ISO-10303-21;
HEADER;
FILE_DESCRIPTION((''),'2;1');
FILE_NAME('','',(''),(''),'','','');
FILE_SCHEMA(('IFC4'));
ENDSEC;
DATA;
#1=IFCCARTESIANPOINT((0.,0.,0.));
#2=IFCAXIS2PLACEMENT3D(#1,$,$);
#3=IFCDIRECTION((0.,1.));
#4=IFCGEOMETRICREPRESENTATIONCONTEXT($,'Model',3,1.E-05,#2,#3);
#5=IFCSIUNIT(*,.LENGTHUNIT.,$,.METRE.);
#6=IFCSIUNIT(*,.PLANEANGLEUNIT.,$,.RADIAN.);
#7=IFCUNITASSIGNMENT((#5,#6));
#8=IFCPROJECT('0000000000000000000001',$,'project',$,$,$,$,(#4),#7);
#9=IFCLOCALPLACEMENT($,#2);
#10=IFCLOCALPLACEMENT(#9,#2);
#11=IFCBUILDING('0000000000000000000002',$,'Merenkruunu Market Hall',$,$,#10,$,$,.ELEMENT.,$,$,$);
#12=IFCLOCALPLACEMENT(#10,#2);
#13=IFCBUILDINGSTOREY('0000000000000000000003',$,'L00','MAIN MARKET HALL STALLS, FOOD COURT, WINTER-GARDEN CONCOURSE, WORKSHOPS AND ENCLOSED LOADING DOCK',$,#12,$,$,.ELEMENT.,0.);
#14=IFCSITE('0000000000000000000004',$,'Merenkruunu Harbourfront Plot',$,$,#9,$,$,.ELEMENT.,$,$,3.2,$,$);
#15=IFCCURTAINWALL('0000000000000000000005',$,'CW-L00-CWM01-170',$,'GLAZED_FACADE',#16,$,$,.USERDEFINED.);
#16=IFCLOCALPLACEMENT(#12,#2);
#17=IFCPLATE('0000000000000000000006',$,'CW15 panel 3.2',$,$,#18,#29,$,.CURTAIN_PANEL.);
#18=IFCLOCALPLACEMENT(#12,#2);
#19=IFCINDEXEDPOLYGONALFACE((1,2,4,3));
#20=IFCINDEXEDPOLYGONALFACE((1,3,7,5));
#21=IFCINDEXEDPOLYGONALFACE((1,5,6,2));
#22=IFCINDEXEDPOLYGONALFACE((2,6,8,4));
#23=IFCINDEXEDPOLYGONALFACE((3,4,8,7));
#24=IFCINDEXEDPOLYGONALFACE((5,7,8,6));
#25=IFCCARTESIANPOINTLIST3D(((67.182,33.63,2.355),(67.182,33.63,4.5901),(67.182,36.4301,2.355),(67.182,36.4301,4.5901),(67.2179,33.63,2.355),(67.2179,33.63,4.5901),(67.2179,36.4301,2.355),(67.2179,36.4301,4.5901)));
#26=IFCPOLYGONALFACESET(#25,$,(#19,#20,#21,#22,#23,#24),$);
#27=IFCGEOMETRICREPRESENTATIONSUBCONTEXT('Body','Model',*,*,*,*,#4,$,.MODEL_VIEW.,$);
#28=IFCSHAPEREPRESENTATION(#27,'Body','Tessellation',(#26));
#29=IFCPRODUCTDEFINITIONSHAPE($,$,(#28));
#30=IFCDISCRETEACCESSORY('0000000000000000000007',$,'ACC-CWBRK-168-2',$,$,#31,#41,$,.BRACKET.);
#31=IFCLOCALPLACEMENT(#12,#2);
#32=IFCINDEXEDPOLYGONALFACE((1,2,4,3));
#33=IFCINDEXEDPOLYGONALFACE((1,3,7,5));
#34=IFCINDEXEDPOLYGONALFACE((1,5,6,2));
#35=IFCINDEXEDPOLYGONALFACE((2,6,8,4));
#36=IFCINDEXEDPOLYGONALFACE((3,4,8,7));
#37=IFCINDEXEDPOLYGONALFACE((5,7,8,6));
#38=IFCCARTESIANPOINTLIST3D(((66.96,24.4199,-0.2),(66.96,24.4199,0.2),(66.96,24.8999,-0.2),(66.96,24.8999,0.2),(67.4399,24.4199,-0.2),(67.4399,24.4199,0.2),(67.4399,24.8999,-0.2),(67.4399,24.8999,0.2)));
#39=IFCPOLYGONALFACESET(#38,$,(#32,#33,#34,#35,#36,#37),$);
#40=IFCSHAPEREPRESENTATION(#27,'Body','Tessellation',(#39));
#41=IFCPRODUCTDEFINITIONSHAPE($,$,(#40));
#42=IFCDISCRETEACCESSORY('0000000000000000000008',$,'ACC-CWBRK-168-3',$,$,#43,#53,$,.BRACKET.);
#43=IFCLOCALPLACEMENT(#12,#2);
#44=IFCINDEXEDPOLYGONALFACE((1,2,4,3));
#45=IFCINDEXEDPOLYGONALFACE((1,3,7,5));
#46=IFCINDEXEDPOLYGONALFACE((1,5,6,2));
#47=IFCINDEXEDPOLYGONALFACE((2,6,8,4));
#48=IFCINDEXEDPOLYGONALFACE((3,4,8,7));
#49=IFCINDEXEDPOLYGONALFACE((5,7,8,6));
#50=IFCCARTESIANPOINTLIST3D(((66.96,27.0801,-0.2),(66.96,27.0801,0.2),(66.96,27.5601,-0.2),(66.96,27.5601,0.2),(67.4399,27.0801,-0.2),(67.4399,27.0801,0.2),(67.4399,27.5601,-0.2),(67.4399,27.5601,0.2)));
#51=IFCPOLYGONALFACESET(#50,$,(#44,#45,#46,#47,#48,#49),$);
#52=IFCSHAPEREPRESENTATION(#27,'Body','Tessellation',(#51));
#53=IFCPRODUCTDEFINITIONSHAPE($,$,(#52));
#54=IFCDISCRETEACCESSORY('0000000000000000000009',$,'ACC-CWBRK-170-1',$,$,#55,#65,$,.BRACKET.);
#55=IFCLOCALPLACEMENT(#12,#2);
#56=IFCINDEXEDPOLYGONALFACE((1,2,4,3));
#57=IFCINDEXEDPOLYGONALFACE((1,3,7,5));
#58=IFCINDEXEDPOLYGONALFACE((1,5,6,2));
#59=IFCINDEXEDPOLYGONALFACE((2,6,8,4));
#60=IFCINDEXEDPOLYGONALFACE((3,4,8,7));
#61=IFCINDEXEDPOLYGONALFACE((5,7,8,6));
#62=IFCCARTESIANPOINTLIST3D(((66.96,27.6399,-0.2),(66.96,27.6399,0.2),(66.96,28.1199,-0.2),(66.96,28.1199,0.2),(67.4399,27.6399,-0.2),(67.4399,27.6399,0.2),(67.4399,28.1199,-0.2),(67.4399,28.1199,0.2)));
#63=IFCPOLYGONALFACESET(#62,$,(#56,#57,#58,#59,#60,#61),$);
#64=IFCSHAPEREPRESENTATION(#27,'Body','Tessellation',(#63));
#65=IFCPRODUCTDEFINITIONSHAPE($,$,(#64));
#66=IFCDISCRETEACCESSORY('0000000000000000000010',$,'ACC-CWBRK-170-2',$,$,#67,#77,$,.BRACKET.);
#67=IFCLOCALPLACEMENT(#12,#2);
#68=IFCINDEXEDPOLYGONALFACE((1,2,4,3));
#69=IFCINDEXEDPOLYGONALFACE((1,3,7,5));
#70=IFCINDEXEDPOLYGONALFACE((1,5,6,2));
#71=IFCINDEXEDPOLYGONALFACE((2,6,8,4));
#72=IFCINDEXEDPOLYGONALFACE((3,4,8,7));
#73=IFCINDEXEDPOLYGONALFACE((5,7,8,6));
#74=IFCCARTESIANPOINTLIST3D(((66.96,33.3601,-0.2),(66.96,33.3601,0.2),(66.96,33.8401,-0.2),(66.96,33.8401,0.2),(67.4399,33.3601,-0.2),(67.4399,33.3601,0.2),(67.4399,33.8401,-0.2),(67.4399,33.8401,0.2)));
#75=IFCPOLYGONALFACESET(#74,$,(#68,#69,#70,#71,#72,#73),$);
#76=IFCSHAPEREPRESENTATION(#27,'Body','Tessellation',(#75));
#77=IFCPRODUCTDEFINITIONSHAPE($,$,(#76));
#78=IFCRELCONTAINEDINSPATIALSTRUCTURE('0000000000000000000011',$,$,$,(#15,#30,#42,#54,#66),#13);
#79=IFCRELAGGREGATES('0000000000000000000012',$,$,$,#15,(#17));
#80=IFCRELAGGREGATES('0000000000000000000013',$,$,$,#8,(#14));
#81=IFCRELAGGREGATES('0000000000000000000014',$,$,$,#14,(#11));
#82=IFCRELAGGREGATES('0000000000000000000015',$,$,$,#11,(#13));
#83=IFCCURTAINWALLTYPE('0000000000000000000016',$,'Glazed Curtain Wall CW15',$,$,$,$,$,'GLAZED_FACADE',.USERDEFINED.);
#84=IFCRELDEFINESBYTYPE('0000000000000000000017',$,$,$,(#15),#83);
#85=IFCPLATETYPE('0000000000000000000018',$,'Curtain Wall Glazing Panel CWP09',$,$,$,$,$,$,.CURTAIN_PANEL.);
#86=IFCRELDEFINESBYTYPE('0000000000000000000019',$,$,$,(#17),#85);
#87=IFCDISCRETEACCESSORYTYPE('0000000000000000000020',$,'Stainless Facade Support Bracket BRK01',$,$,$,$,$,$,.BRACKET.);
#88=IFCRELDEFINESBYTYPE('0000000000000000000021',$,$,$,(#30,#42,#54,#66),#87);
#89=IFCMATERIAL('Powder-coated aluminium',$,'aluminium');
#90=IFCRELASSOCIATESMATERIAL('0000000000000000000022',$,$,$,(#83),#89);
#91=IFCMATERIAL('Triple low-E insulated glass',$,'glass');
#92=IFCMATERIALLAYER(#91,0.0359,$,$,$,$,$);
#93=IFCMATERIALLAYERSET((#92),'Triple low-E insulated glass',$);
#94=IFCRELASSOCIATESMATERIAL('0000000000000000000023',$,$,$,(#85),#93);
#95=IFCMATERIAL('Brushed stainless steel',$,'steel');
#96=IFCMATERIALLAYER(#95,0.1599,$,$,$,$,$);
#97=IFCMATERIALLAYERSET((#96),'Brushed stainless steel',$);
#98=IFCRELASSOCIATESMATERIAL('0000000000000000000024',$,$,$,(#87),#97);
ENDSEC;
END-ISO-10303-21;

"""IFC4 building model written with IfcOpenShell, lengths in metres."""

from ifc_helpers import new_model, si_unit, direction, frame, origin, origin_2d, place, context, subcontext, project, spatial, rectangle, extrude, material, layer, layer_set, type_object, element, aggregate, save


model = new_model("IFC4")

# Units and contexts
model_context = context("Model", 3, precision=1e-05, world=origin(), true_north=direction((0.0, 1.0)))
body_context = subcontext(model_context, "Body", "Model", "MODEL_VIEW")
ifc_project = project(units=[si_unit("LENGTHUNIT", "METRE"), si_unit("PLANEANGLEUNIT", "RADIAN")], contexts=[model_context])

# Site, building, storey
site_placement = place(None, origin())
site = spatial("IfcSite", under=ifc_project, at=site_placement, Name="Merenkruunu Harbourfront Plot", CompositionType="ELEMENT", RefElevation=3.2)
building_placement = place(site_placement, origin())
building = spatial("IfcBuilding", under=site, at=building_placement, Name="Merenkruunu Market Hall", CompositionType="ELEMENT")
storey_placement = place(building_placement, origin())
storey = spatial("IfcBuildingStorey", under=building, at=storey_placement, Name="L00", Description="MAIN MARKET HALL STALLS, FOOD COURT, WINTER-GARDEN CONCOURSE, WORKSHOPS AND ENCLOSED LOADING DOCK", CompositionType="ELEMENT", Elevation=0.0)

# Curtain wall
ifc_material_1 = material(Name="Powder-coated aluminium", Category="aluminium")
curtain_wall_type = type_object("IfcCurtainWallType", Name="Glazed Curtain Wall CW15", ElementType="GLAZED_FACADE", PredefinedType="USERDEFINED", material=ifc_material_1)
curtain_wall_1_placement = place(storey_placement, origin())
curtain_wall_1 = element("IfcCurtainWall", 1, at=curtain_wall_1_placement, inside=storey, type_object=curtain_wall_type, Name="CW-L00-CWM01-170", ObjectType="GLAZED_FACADE", PredefinedType="USERDEFINED")

# Plate
ifc_material_2 = material(Name="Triple low-E insulated glass", Category="glass")
ifc_layer_1 = layer(ifc_material_2, 0.0359)
ifc_layer_set_1 = layer_set([ifc_layer_1], Name="Triple low-E insulated glass")
plate_type_1 = type_object("IfcPlateType", Name="Curtain Wall Glazing Panel CWP09", PredefinedType="CURTAIN_PANEL", material=ifc_layer_set_1)
plate_1_placement = place(storey_placement, frame((67.2, 35.03, 2.355), z_axis=(0.0, 0.0, 1.0), x_axis=(0.0, 1.0, 0.0)))
plate_1 = element("IfcPlate", 2, at=plate_1_placement, type_object=plate_type_1, Name="CW15 panel 3.2", PredefinedType="CURTAIN_PANEL", context=body_context, shape_type="SweptSolid", body=[
    extrude(rectangle(XDim=2.8, YDim=0.0359, at=origin_2d()), origin(), (0.0, 0.0, 1.0), 2.2351),
])
aggregate(curtain_wall_1, [plate_1])

# Discrete accessories
ifc_material_3 = material(Name="Brushed stainless steel", Category="steel")
ifc_layer_2 = layer(ifc_material_3, 0.1599)
ifc_layer_set_2 = layer_set([ifc_layer_2], Name="Brushed stainless steel")
discrete_accessory_type = type_object("IfcDiscreteAccessoryType", Name="Stainless Facade Support Bracket BRK01", PredefinedType="BRACKET", material=ifc_layer_set_2)
for number, where, z_axis, x_axis, name in (
    (3, (67.2, 24.6599, -0.2), (0.0, 0.0, 1.0), (1.0, 0.0, 0.0), "ACC-CWBRK-168-2"),
    (4, (67.2, 27.3201, -0.2), (0.0, 0.0, 1.0), (1.0, 0.0, 0.0), "ACC-CWBRK-168-3"),
    (5, (67.2, 27.8799, -0.2), (0.0, 0.0, 1.0), (1.0, 0.0, 0.0), "ACC-CWBRK-170-1"),
    (6, (67.2, 33.6001, -0.2), (0.0, 0.0, 1.0), (1.0, 0.0, 0.0), "ACC-CWBRK-170-2"),
):
    element("IfcDiscreteAccessory", number, at=place(storey_placement, frame(where, z_axis=z_axis, x_axis=x_axis)), inside=storey, type_object=discrete_accessory_type, Name=name, PredefinedType="BRACKET", context=body_context, shape_type="SweptSolid", body=[
        extrude(rectangle(XDim=0.48, YDim=0.48, at=origin_2d()), origin(), (0.0, 0.0, 1.0), 0.3999),
    ])

save(model, "model.ifc")
